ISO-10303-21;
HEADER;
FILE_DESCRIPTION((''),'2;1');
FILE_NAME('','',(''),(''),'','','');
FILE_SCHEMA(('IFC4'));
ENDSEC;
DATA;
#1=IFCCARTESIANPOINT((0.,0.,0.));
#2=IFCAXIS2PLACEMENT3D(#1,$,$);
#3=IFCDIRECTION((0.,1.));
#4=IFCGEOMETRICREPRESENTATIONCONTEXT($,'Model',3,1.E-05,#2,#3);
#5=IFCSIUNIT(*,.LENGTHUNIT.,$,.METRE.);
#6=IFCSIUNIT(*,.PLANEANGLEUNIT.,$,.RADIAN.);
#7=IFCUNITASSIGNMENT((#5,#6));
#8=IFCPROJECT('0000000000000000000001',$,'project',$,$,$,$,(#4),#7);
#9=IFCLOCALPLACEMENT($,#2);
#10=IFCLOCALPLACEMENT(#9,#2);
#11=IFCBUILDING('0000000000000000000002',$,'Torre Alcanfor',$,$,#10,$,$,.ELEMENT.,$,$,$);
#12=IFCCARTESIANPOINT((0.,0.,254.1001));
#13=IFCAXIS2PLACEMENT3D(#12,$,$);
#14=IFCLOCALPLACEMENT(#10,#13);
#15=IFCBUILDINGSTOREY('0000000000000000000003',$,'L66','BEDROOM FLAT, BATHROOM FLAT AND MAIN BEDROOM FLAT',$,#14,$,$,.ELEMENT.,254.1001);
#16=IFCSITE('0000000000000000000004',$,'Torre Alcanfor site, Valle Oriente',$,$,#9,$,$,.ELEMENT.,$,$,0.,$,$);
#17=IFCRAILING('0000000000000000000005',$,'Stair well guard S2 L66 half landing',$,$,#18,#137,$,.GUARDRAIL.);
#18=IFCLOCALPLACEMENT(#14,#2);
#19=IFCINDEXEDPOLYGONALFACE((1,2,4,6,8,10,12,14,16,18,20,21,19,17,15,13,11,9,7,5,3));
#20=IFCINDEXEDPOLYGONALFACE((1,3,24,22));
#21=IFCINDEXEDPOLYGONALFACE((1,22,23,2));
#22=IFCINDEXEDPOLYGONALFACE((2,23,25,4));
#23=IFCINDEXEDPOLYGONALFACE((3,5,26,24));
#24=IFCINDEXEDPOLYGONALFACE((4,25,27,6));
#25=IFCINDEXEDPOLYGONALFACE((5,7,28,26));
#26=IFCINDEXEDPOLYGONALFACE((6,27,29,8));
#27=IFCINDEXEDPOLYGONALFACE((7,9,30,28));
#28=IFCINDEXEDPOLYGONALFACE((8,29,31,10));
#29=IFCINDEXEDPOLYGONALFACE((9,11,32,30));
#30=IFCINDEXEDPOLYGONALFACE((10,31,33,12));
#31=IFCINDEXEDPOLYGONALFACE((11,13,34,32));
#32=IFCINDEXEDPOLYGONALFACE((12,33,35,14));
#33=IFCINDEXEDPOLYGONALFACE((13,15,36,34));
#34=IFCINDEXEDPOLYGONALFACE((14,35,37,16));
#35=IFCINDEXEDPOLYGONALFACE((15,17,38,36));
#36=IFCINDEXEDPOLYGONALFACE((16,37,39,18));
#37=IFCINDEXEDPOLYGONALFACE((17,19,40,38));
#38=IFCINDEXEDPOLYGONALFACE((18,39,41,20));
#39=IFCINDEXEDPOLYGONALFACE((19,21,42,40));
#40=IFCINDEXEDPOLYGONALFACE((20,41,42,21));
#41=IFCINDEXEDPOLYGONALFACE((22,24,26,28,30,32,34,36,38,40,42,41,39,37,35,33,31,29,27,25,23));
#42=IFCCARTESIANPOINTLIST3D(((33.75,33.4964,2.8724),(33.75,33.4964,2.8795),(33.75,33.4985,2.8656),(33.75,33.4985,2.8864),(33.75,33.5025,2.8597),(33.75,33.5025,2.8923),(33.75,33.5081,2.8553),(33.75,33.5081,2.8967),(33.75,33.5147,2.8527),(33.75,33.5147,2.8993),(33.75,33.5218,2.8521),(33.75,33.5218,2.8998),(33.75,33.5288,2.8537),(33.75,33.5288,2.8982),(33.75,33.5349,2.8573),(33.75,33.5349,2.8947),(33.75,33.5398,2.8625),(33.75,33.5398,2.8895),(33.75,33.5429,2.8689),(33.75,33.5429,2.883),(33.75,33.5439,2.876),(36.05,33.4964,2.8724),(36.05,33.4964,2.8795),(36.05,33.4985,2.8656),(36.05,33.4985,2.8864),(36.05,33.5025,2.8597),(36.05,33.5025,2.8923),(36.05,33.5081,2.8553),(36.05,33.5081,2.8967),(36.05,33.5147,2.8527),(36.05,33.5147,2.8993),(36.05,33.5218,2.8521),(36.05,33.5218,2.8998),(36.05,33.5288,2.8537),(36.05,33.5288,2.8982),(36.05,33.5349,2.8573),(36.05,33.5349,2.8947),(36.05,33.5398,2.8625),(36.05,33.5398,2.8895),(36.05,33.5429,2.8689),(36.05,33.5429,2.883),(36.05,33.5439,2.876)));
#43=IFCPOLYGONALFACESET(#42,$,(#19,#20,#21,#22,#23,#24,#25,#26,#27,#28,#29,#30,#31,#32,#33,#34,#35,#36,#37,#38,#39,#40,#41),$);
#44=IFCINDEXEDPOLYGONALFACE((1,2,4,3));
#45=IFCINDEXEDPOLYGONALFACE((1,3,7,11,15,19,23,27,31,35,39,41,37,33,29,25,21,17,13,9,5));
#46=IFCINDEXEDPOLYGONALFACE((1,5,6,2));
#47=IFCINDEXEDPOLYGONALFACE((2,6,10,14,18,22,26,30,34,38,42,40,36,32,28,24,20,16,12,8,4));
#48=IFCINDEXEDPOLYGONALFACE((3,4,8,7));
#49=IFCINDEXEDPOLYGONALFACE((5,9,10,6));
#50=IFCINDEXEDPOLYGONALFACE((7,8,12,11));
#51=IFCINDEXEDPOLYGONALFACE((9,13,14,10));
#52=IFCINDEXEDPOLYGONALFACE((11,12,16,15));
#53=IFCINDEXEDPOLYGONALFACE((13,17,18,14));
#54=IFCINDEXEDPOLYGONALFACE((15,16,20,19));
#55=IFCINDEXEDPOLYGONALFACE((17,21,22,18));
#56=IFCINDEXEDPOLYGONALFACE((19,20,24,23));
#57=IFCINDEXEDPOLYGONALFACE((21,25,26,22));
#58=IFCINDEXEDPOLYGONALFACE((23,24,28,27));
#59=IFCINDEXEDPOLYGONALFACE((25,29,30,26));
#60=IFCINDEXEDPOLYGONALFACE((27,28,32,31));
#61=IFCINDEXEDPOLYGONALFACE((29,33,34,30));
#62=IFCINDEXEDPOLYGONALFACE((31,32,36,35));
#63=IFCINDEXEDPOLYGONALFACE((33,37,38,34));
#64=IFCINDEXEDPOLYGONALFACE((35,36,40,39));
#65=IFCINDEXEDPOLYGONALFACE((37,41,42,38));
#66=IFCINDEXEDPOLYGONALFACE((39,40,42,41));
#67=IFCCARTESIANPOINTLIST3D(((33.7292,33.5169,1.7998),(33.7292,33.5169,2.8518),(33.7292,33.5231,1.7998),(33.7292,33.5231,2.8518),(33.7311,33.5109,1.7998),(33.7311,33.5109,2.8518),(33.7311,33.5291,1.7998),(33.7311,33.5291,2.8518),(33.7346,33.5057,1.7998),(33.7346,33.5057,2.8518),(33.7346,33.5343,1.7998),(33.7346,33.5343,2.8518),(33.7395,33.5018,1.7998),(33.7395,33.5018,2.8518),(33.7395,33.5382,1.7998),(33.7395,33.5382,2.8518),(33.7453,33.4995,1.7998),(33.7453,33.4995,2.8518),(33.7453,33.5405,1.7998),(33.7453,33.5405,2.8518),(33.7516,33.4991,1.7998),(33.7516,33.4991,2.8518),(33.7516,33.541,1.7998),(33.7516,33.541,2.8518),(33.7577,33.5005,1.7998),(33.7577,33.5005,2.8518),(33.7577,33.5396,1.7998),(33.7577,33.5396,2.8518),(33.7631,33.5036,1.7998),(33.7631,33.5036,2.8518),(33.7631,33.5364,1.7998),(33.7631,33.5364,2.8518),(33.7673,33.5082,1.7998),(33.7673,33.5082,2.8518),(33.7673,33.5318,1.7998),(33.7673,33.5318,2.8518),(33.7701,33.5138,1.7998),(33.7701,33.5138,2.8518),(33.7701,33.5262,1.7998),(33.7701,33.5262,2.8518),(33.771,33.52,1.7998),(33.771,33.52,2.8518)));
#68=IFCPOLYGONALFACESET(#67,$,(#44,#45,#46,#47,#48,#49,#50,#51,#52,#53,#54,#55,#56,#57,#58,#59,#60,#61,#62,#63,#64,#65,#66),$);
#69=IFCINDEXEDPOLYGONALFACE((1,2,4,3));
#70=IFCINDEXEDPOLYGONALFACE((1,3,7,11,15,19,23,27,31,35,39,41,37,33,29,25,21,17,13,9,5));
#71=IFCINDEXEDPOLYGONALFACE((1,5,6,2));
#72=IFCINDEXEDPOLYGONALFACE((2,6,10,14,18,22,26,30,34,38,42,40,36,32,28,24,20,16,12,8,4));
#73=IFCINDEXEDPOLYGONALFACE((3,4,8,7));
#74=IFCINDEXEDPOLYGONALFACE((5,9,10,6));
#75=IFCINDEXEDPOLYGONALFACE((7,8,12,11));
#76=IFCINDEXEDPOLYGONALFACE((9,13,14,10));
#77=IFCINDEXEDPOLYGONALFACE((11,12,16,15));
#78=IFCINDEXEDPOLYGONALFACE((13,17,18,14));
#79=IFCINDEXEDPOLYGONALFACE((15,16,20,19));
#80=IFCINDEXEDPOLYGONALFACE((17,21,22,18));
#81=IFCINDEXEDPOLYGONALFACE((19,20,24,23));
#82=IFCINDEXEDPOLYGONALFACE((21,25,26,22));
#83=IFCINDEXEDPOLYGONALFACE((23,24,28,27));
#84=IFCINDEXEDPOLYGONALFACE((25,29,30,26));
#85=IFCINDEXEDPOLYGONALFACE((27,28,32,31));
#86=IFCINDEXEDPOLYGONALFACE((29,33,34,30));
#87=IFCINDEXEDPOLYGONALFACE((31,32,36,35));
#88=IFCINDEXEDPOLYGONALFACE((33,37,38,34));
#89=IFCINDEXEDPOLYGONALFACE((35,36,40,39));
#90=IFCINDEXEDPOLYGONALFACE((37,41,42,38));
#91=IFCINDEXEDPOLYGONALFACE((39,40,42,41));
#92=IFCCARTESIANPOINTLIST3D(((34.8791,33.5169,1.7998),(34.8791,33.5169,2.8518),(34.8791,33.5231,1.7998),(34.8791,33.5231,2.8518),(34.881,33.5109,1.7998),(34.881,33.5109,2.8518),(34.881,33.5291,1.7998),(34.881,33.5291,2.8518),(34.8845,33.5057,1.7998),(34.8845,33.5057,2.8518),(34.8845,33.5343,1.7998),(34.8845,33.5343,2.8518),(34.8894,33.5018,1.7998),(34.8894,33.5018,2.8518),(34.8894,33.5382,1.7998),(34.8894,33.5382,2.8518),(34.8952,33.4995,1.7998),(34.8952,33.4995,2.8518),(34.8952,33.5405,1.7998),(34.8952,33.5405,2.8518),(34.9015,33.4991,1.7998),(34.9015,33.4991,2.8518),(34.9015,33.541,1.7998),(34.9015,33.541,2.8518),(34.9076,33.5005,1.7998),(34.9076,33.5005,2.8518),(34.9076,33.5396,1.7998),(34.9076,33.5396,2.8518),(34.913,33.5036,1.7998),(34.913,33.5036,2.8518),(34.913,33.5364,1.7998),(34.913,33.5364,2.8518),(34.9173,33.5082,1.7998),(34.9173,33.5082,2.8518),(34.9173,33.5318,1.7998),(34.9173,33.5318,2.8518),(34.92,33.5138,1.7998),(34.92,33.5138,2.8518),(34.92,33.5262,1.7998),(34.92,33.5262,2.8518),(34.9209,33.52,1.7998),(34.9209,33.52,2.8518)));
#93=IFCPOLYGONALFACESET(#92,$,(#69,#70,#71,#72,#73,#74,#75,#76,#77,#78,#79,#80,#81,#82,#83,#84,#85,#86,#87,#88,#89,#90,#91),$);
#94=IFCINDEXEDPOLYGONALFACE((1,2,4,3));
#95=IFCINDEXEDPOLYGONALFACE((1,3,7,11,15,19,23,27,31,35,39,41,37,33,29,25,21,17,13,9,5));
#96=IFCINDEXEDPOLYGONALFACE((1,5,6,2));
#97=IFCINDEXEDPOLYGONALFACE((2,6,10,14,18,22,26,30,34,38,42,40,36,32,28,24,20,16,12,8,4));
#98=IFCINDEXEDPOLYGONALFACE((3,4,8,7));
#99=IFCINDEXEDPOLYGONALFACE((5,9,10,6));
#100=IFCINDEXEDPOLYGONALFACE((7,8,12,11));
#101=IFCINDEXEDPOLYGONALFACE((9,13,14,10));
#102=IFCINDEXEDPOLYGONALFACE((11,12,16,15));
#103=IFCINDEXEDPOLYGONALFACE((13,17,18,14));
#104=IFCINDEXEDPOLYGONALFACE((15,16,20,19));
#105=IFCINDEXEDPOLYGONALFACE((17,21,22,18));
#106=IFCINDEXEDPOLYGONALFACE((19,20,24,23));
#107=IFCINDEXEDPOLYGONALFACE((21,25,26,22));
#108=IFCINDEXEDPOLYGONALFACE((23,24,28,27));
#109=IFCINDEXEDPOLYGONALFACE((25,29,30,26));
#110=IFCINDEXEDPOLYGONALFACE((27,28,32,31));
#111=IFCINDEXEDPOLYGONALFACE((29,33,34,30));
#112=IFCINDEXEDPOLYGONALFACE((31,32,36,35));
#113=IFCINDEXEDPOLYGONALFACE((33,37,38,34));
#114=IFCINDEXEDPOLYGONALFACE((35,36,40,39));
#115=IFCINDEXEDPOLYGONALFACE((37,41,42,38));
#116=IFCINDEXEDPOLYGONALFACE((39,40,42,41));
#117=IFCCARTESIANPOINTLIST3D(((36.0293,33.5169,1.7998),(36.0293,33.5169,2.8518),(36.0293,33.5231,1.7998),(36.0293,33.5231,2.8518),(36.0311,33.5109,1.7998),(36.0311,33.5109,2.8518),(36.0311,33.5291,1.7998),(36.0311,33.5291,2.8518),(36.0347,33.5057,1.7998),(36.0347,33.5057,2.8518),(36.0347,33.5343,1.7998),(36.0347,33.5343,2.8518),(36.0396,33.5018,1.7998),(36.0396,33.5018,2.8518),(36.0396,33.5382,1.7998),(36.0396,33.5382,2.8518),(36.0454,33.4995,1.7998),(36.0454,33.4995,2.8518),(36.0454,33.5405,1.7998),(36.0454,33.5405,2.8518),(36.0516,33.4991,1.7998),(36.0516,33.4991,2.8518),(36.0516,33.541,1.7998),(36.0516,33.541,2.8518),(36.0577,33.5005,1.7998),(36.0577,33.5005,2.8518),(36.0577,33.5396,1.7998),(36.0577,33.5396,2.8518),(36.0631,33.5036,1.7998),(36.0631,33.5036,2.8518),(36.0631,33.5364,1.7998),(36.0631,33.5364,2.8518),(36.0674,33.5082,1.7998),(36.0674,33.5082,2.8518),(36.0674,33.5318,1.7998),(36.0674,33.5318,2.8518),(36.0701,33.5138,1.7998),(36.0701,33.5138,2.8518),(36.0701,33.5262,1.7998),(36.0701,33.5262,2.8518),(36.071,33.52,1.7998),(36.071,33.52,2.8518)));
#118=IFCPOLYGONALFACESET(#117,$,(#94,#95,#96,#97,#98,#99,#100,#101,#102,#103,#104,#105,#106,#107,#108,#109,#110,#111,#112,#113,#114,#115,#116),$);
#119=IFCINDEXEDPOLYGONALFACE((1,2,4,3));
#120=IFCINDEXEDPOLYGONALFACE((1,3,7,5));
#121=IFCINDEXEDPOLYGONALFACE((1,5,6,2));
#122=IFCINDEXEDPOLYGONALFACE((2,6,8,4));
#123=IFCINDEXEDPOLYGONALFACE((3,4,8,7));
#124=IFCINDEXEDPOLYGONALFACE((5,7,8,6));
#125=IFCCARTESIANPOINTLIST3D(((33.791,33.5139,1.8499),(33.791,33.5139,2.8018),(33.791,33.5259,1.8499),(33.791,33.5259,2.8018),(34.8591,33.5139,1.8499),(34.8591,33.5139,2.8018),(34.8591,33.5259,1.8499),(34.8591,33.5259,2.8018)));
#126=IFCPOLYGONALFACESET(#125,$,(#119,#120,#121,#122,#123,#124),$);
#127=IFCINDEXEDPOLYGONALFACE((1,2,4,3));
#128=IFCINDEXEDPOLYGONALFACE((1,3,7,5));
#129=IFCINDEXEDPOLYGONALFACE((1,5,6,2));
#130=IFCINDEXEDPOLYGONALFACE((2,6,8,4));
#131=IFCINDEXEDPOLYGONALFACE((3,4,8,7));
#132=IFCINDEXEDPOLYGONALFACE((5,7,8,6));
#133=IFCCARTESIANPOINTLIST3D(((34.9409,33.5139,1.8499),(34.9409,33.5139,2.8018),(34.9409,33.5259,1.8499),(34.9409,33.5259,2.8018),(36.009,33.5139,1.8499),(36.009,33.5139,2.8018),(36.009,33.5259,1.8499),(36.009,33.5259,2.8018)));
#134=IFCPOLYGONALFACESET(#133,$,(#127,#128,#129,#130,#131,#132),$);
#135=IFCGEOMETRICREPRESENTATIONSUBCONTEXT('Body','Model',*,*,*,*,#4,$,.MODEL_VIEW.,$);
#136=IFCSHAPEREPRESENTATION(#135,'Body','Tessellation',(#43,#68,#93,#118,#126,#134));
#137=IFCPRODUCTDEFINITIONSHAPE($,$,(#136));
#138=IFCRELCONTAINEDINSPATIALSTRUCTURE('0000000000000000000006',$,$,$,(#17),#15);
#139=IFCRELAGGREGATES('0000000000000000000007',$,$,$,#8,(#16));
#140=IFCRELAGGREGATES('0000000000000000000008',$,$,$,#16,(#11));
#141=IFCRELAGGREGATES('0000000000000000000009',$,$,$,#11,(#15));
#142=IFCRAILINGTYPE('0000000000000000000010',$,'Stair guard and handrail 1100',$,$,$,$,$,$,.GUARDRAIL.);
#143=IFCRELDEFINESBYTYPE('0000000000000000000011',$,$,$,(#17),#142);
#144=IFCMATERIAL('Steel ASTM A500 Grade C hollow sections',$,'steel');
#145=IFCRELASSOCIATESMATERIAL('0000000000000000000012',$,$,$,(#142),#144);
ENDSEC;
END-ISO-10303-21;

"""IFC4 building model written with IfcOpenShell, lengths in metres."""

from ifc_helpers import new_model, si_unit, direction, frame, origin, origin_2d, place, context, subcontext, project, spatial, polyline, circle, outline, extrude, material, type_object, element, save


model = new_model("IFC4")

# Units and contexts
model_context = context("Model", 3, precision=1e-05, world=origin(), true_north=direction((0.0, 1.0)))
body_context = subcontext(model_context, "Body", "Model", "MODEL_VIEW")
ifc_project = project(units=[si_unit("LENGTHUNIT", "METRE"), si_unit("PLANEANGLEUNIT", "RADIAN")], contexts=[model_context])

# Site, building, storey
site_placement = place(None, origin())
site = spatial("IfcSite", under=ifc_project, at=site_placement, Name="Torre Alcanfor site, Valle Oriente", CompositionType="ELEMENT", RefElevation=0.0)
building_placement = place(site_placement, origin())
building = spatial("IfcBuilding", under=site, at=building_placement, Name="Torre Alcanfor", CompositionType="ELEMENT")
storey_placement = place(building_placement, frame((0.0, 0.0, 254.1001)))
storey = spatial("IfcBuildingStorey", under=building, at=storey_placement, Name="L66", Description="BEDROOM FLAT, BATHROOM FLAT AND MAIN BEDROOM FLAT", CompositionType="ELEMENT", Elevation=254.1001)

# Railing
ifc_material_1 = material(Name="Steel ASTM A500 Grade C hollow sections", Category="steel")
railing_type_1 = type_object("IfcRailingType", Name="Stair guard and handrail 1100", PredefinedType="GUARDRAIL", material=ifc_material_1)
railing_1_placement = place(storey_placement, frame((33.75, 33.52, 1.7998)))
element("IfcRailing", 1, at=railing_1_placement, inside=storey, type_object=railing_type_1, Name="Stair well guard S2 L66 half landing", PredefinedType="GUARDRAIL", context=body_context, shape_type="SweptSolid", body=[
    extrude(circle(Radius=0.0239, at=origin_2d()), frame((0.0, 0.0, 1.0762), z_axis=(1.0, 0.0, 0.0), x_axis=(0.0, 1.0, 0.0)), (0.0, 0.0, 1.0), 2.3),
    extrude(circle(Radius=0.021, at=origin_2d()), origin(), (0.0, 0.0, 1.0), 1.052),
    extrude(circle(Radius=0.021, at=origin_2d()), frame((1.1499, 0.0, 0.0)), (0.0, 0.0, 1.0), 1.052),
    extrude(circle(Radius=0.021, at=origin_2d()), frame((2.3, 0.0, 0.0)), (0.0, 0.0, 1.0), 1.052),
    extrude(outline(polyline([(0.041, 0.05), (1.1091, 0.05), (1.1091, 1.002), (0.041, 1.002), (0.041, 0.05)])), frame((0.0, 0.0059, 0.0), z_axis=(0.0, -1.0, 0.0), x_axis=(1.0, 0.0, 0.0)), (0.0, 0.0, 1.0), 0.012),
    extrude(outline(polyline([(1.1909, 0.05), (2.259, 0.05), (2.259, 1.002), (1.1909, 1.002), (1.1909, 0.05)])), frame((0.0, 0.0059, 0.0), z_axis=(0.0, -1.0, 0.0), x_axis=(1.0, 0.0, 0.0)), (0.0, 0.0, 1.0), 0.012),
])

save(model, "model.ifc")
